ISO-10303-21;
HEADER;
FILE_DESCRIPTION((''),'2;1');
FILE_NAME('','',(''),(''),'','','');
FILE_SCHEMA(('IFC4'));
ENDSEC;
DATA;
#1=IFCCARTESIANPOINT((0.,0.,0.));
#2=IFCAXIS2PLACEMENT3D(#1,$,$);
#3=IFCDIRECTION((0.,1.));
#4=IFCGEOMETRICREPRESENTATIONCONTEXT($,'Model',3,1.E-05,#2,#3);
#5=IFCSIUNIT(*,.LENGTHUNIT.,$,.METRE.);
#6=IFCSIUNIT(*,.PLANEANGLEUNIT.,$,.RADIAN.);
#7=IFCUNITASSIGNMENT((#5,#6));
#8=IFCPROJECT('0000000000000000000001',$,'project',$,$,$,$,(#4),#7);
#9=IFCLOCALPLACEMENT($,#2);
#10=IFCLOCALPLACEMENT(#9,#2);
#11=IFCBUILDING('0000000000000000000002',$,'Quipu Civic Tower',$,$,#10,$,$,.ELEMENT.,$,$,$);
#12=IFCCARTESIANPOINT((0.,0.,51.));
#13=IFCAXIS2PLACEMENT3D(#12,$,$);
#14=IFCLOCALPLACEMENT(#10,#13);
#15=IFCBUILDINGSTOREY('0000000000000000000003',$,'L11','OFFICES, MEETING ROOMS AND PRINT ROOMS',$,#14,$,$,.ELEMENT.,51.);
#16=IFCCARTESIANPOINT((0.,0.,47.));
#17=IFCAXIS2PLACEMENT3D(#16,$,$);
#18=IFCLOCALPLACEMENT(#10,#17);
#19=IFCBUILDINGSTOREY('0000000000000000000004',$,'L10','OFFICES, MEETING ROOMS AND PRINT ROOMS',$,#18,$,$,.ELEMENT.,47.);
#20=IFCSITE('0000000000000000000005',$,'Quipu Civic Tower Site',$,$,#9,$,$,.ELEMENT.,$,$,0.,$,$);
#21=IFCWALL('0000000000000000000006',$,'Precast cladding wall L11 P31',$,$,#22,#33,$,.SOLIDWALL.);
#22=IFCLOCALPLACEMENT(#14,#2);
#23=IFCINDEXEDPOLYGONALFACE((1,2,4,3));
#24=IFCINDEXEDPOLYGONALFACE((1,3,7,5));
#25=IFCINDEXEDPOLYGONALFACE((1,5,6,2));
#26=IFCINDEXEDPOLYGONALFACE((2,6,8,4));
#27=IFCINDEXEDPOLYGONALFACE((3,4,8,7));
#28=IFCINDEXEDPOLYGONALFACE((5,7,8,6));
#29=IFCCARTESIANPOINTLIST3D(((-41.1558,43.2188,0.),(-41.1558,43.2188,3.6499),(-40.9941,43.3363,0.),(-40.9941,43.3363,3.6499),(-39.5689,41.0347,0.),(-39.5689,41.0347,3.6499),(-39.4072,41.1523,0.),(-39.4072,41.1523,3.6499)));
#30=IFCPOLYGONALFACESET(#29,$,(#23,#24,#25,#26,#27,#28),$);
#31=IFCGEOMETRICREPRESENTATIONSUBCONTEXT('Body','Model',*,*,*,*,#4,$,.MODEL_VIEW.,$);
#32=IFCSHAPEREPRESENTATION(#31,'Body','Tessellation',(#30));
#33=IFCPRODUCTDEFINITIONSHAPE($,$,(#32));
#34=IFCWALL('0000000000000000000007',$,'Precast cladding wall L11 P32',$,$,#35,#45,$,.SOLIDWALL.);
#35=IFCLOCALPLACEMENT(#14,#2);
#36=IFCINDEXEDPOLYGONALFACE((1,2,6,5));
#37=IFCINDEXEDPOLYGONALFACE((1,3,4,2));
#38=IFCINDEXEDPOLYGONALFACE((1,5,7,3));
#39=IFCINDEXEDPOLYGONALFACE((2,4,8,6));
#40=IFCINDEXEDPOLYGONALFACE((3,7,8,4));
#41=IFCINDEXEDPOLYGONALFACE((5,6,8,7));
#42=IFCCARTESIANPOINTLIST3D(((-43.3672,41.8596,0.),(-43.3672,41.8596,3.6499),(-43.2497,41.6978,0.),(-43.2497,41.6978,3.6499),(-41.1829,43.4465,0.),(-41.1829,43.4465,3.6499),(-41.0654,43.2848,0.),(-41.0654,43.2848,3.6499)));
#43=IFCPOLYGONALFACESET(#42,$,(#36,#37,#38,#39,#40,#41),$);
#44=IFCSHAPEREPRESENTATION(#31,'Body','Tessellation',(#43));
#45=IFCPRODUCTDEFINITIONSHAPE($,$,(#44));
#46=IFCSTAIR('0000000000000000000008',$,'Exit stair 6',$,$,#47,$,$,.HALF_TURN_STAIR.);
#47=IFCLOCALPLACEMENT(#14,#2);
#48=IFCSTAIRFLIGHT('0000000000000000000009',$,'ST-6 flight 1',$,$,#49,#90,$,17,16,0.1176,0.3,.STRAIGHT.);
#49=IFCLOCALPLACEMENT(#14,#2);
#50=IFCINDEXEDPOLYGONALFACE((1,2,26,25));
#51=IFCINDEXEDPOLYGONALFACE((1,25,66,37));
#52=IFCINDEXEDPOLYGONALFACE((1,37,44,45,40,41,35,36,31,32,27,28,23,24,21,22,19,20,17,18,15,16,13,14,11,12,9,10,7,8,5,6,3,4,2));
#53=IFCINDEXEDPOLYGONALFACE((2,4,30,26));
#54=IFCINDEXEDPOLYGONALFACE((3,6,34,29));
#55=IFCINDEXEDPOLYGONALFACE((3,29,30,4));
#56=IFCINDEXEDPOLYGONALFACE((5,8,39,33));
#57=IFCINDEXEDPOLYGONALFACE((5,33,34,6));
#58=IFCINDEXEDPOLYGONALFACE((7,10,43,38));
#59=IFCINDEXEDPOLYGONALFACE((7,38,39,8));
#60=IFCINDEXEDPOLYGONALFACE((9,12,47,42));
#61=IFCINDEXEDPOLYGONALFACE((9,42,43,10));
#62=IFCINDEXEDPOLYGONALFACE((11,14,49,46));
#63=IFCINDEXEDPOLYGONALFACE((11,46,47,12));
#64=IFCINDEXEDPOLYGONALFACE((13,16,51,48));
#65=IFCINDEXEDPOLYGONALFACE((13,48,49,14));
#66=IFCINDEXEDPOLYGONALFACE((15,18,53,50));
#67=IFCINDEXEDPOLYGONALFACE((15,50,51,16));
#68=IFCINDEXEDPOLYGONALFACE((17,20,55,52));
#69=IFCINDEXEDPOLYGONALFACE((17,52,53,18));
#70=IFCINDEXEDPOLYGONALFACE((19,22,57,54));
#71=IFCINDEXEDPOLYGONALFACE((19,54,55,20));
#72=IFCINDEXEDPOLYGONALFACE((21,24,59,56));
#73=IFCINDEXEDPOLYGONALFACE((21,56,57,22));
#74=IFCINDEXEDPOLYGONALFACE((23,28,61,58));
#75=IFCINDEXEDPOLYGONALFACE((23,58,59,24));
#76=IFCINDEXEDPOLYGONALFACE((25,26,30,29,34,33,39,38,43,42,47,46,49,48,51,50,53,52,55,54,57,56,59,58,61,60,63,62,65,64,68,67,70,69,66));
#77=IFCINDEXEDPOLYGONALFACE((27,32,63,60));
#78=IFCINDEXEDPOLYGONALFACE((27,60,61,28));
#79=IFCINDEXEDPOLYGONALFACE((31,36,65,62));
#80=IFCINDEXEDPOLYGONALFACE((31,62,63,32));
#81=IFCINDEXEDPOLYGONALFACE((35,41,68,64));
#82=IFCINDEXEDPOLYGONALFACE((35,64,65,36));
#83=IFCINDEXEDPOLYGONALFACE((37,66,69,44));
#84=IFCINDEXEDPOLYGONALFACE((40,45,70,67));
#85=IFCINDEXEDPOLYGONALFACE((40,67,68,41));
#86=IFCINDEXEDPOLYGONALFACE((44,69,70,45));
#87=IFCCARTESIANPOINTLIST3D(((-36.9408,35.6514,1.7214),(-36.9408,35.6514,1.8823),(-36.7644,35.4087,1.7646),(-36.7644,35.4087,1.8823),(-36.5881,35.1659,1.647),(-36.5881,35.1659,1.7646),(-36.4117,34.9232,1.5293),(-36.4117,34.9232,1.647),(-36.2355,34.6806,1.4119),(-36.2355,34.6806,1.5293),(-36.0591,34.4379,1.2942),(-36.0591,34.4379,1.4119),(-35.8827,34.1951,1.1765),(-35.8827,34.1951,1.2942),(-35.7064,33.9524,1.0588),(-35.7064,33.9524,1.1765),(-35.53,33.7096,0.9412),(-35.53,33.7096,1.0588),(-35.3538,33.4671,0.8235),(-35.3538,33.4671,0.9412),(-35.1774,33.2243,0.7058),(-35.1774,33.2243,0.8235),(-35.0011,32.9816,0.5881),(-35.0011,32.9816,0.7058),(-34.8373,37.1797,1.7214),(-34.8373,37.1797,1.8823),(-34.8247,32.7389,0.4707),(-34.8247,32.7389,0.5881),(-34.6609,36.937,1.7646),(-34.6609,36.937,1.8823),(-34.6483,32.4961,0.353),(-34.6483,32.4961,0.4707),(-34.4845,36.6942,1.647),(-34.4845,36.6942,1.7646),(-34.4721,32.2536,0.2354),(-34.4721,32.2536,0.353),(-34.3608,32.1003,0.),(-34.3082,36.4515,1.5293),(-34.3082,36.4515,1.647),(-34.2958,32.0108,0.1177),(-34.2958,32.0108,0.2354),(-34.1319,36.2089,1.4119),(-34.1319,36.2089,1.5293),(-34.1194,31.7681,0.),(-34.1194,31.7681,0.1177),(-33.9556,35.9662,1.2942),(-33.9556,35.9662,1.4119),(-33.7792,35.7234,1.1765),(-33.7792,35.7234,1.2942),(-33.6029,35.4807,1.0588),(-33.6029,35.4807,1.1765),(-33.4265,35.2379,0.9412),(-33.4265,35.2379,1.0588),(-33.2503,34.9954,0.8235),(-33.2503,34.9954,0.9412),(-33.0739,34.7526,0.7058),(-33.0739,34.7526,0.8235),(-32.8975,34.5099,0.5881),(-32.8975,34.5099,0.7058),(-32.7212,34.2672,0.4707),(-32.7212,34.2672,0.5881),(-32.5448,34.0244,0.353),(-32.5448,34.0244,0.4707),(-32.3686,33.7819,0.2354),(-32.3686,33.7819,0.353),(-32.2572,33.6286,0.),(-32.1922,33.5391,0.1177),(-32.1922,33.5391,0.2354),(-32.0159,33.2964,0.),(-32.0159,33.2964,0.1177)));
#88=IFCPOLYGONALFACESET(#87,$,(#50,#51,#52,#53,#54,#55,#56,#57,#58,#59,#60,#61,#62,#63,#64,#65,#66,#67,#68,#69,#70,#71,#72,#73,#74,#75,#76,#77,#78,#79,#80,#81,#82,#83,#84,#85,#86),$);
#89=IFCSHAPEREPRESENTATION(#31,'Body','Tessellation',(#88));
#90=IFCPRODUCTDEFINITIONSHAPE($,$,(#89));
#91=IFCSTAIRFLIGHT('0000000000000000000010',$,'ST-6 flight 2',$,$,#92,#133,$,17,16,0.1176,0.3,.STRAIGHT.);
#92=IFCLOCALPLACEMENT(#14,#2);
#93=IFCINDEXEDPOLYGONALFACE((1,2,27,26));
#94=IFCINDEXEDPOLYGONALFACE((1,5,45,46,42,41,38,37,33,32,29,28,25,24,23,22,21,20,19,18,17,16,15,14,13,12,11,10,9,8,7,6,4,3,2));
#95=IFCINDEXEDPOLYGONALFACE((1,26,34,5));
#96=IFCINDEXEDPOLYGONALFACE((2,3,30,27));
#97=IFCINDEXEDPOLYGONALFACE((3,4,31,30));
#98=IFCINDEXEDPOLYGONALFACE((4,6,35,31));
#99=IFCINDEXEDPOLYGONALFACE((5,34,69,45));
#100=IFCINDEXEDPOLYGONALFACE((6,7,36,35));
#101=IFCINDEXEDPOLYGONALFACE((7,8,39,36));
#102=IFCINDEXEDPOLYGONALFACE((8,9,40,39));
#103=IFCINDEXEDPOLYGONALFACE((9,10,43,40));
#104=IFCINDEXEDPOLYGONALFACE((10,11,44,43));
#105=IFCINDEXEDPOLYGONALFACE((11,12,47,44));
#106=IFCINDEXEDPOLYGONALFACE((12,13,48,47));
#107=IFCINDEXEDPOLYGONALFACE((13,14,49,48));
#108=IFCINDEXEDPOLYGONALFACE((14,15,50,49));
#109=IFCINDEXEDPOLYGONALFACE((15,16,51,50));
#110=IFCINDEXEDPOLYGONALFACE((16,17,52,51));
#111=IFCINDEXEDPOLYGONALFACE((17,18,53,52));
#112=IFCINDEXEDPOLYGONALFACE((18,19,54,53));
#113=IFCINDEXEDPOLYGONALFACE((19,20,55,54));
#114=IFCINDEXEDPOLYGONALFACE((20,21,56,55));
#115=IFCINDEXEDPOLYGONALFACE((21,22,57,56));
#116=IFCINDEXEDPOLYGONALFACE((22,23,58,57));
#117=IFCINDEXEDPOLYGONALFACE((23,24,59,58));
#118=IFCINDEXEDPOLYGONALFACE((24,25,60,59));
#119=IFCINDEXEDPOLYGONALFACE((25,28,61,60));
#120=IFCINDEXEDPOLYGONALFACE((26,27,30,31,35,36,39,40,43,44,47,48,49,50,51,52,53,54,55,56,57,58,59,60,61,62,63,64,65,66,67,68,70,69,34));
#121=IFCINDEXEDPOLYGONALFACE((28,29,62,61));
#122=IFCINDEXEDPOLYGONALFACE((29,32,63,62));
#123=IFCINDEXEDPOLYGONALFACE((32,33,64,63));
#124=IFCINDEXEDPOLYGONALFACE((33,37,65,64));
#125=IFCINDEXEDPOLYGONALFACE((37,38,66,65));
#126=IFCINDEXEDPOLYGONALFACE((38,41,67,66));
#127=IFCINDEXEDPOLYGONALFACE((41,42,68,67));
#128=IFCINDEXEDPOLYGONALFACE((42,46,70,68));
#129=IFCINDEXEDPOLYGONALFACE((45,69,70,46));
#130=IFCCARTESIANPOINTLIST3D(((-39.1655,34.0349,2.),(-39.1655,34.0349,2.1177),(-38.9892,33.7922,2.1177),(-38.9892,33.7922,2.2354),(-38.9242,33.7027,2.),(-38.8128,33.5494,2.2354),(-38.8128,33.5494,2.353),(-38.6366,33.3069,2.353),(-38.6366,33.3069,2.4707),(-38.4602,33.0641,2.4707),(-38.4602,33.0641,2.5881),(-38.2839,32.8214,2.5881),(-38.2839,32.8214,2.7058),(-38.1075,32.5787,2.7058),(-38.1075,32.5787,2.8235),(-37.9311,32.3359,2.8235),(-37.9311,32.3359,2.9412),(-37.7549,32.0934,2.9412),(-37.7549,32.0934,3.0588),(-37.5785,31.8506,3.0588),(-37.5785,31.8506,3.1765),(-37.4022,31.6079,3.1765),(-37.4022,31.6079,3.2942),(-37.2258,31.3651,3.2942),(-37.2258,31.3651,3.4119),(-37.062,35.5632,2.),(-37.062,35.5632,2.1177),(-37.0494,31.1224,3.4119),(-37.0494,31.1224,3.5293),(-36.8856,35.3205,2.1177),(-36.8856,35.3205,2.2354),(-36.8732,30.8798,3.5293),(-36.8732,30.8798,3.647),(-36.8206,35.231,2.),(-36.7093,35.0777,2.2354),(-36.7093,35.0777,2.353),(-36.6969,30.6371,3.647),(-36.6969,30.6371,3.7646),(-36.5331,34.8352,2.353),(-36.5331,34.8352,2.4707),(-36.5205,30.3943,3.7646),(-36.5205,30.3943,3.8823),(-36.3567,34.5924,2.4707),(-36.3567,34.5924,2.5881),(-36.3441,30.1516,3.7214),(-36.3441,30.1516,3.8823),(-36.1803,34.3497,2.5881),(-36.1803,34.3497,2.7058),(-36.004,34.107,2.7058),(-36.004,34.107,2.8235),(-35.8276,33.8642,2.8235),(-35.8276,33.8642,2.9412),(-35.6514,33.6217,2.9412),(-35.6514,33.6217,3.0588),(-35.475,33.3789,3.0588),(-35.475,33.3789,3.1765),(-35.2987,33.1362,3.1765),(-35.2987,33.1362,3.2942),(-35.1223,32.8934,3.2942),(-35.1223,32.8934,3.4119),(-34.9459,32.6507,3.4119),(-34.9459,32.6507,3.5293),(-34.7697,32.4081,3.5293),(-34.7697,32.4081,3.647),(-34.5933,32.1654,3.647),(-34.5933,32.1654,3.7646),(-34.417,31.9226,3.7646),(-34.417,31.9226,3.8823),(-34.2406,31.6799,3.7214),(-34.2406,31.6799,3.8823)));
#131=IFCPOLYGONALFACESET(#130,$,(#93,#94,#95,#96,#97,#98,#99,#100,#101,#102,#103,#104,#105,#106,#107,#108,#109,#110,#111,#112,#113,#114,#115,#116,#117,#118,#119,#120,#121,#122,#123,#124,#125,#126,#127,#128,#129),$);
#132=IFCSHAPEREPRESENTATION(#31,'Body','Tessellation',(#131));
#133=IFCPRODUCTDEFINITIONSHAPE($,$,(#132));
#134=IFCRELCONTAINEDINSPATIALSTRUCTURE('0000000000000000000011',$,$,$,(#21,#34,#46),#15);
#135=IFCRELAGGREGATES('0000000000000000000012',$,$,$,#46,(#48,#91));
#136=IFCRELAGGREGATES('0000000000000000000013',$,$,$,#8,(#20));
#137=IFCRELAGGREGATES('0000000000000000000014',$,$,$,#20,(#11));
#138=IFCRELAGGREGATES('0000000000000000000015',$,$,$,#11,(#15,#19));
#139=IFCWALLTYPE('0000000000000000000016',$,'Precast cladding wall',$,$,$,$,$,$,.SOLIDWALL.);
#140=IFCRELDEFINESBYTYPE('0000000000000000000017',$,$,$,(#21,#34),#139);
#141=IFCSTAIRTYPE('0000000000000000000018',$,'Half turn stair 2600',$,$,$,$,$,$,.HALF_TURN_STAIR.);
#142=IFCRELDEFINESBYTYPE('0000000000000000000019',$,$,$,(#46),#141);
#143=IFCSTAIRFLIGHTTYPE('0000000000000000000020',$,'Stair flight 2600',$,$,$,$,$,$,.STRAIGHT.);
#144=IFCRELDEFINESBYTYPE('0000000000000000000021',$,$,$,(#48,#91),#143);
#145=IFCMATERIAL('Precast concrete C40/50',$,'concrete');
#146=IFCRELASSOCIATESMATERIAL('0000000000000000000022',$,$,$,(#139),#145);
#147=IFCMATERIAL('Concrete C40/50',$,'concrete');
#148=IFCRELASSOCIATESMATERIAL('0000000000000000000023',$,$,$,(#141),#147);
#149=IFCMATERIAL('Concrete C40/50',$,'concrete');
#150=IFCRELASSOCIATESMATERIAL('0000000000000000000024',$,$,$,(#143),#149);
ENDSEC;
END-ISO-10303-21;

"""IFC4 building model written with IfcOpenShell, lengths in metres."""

from ifc_helpers import new_model, si_unit, direction, frame, frame_2d, origin, place, context, subcontext, project, spatial, polyline, rectangle, outline, extrude, material, type_object, element, aggregate, save


model = new_model("IFC4")

# Units and contexts
model_context = context("Model", 3, precision=1e-05, world=origin(), true_north=direction((0.0, 1.0)))
body_context = subcontext(model_context, "Body", "Model", "MODEL_VIEW")
ifc_project = project(units=[si_unit("LENGTHUNIT", "METRE"), si_unit("PLANEANGLEUNIT", "RADIAN")], contexts=[model_context])

# Site, building, storey
site_placement = place(None, origin())
site = spatial("IfcSite", under=ifc_project, at=site_placement, Name="Quipu Civic Tower Site", CompositionType="ELEMENT", RefElevation=0.0)
building_placement = place(site_placement, origin())
building = spatial("IfcBuilding", under=site, at=building_placement, Name="Quipu Civic Tower", CompositionType="ELEMENT")
storey_1_placement = place(building_placement, frame((0.0, 0.0, 51.0)))
storey_1 = spatial("IfcBuildingStorey", under=building, at=storey_1_placement, Name="L11", Description="OFFICES, MEETING ROOMS AND PRINT ROOMS", CompositionType="ELEMENT", Elevation=51.0)

# Shared definitions
storey_2_placement = place(building_placement, frame((0.0, 0.0, 47.0)))
storey_2 = spatial("IfcBuildingStorey", under=building, at=storey_2_placement, Name="L10", Description="OFFICES, MEETING ROOMS AND PRINT ROOMS", CompositionType="ELEMENT", Elevation=47.0)

# Walls
ifc_material_1 = material(Name="Precast concrete C40/50", Category="concrete")
wall_type_1 = type_object("IfcWallType", Name="Precast cladding wall", PredefinedType="SOLIDWALL", material=ifc_material_1)
wall_1_placement = place(storey_1_placement, frame((-39.488, 41.0935, 0.0), z_axis=(0.0, 0.0, 1.0), x_axis=(-0.587806, 0.809002, 0.0)))
element("IfcWall", 1, at=wall_1_placement, inside=storey_1, type_object=wall_type_1, Name="Precast cladding wall L11 P31", PredefinedType="SOLIDWALL", context=body_context, shape_type="SweptSolid", body=[
    extrude(rectangle(XDim=2.6997, YDim=0.2, at=frame_2d((1.3499, 0.0))), origin(), (0.0, 0.0, 1.0), 3.6499),
])
wall_2_placement = place(storey_1_placement, frame((-41.124, 43.3657, 0.0), z_axis=(0.0, 0.0, 1.0), x_axis=(-0.809033, -0.587763, 0.0)))
element("IfcWall", 2, at=wall_2_placement, inside=storey_1, type_object=wall_type_1, Name="Precast cladding wall L11 P32", PredefinedType="SOLIDWALL", context=body_context, shape_type="SweptSolid", body=[
    extrude(rectangle(XDim=2.7, YDim=0.2, at=frame_2d((1.3501, 0.0))), origin(), (0.0, 0.0, 1.0), 3.6499),
])

# Stair, stair flights
ifc_material_2 = material(Name="Concrete C40/50", Category="concrete")
stair_type = type_object("IfcStairType", Name="Half turn stair 2600", PredefinedType="HALF_TURN_STAIR", material=ifc_material_2)
stair_placement = place(storey_1_placement, origin())
stair = element("IfcStair", 3, at=stair_placement, inside=storey_1, type_object=stair_type, Name="Exit stair 6", PredefinedType="HALF_TURN_STAIR")
ifc_material_3 = material(Name="Concrete C40/50", Category="concrete")
stair_flight_type = type_object("IfcStairFlightType", Name="Stair flight 2600", PredefinedType="STRAIGHT", material=ifc_material_3)
stair_flight_1_placement = place(storey_1_placement, frame((-33.0676, 32.5322, 0.0), z_axis=(0.0, 0.0, 1.0), x_axis=(-0.587785, 0.809017, 0.0)))
stair_flight_1 = element("IfcStairFlight", 4, at=stair_flight_1_placement, type_object=stair_flight_type, Name="ST-6 flight 1", NumberOfRisers=17, NumberOfTreads=16, PredefinedType="STRAIGHT", RiserHeight=0.1176, TreadLength=0.3, context=body_context, shape_type="SweptSolid", body=[
    extrude(outline(polyline([(0.0, 0.0), (0.0, 0.1177), (0.3, 0.1177), (0.3, 0.2354), (0.6001, 0.2354), (0.6001, 0.353), (0.8999, 0.353), (0.8999, 0.4707), (1.2, 0.4707), (1.2, 0.5881), (1.5, 0.5881), (1.5, 0.7058), (1.8, 0.7058), (1.8, 0.8235), (2.1001, 0.8235), (2.1001, 0.9412), (2.3999, 0.9412), (2.3999, 1.0588), (2.7, 1.0588), (2.7, 1.1765), (3.0, 1.1765), (3.0, 1.2942), (3.3, 1.2942), (3.3, 1.4119), (3.6001, 1.4119), (3.6001, 1.5293), (3.8999, 1.5293), (3.8999, 1.647), (4.2, 1.647), (4.2, 1.7646), (4.5, 1.7646), (4.5, 1.8823), (4.8, 1.8823), (4.8, 2.0), (4.8, 1.7214), (0.4106, 0.0), (0.0, 0.0)])), frame((0.0, 1.3, 0.0), z_axis=(0.0, -1.0, 0.0), x_axis=(1.0, 0.0, 0.0)), (0.0, 0.0, 1.0), 2.6001),
])
stair_flight_2_placement = place(storey_1_placement, frame((-38.1138, 34.7991, 2.0), z_axis=(0.0, 0.0, 1.0), x_axis=(0.587785, -0.809017, 0.0)))
stair_flight_2 = element("IfcStairFlight", 5, at=stair_flight_2_placement, type_object=stair_flight_type, Name="ST-6 flight 2", NumberOfRisers=17, NumberOfTreads=16, PredefinedType="STRAIGHT", RiserHeight=0.1176, TreadLength=0.3, context=body_context, shape_type="SweptSolid", body=[
    extrude(outline(polyline([(0.0, 0.0), (0.0, 0.1177), (0.3, 0.1177), (0.3, 0.2354), (0.6001, 0.2354), (0.6001, 0.353), (0.8999, 0.353), (0.8999, 0.4707), (1.2, 0.4707), (1.2, 0.5881), (1.5, 0.5881), (1.5, 0.7058), (1.8, 0.7058), (1.8, 0.8235), (2.1001, 0.8235), (2.1001, 0.9412), (2.3999, 0.9412), (2.3999, 1.0588), (2.7, 1.0588), (2.7, 1.1765), (3.0, 1.1765), (3.0, 1.2942), (3.3, 1.2942), (3.3, 1.4119), (3.6001, 1.4119), (3.6001, 1.5293), (3.8999, 1.5293), (3.8999, 1.647), (4.2, 1.647), (4.2, 1.7646), (4.5, 1.7646), (4.5, 1.8823), (4.8, 1.8823), (4.8, 2.0), (4.8, 1.7214), (0.4106, 0.0), (0.0, 0.0)])), frame((0.0, 1.3, 0.0), z_axis=(0.0, -1.0, 0.0), x_axis=(1.0, 0.0, 0.0)), (0.0, 0.0, 1.0), 2.6001),
])
aggregate(stair, [stair_flight_1, stair_flight_2])

save(model, "model.ifc")
